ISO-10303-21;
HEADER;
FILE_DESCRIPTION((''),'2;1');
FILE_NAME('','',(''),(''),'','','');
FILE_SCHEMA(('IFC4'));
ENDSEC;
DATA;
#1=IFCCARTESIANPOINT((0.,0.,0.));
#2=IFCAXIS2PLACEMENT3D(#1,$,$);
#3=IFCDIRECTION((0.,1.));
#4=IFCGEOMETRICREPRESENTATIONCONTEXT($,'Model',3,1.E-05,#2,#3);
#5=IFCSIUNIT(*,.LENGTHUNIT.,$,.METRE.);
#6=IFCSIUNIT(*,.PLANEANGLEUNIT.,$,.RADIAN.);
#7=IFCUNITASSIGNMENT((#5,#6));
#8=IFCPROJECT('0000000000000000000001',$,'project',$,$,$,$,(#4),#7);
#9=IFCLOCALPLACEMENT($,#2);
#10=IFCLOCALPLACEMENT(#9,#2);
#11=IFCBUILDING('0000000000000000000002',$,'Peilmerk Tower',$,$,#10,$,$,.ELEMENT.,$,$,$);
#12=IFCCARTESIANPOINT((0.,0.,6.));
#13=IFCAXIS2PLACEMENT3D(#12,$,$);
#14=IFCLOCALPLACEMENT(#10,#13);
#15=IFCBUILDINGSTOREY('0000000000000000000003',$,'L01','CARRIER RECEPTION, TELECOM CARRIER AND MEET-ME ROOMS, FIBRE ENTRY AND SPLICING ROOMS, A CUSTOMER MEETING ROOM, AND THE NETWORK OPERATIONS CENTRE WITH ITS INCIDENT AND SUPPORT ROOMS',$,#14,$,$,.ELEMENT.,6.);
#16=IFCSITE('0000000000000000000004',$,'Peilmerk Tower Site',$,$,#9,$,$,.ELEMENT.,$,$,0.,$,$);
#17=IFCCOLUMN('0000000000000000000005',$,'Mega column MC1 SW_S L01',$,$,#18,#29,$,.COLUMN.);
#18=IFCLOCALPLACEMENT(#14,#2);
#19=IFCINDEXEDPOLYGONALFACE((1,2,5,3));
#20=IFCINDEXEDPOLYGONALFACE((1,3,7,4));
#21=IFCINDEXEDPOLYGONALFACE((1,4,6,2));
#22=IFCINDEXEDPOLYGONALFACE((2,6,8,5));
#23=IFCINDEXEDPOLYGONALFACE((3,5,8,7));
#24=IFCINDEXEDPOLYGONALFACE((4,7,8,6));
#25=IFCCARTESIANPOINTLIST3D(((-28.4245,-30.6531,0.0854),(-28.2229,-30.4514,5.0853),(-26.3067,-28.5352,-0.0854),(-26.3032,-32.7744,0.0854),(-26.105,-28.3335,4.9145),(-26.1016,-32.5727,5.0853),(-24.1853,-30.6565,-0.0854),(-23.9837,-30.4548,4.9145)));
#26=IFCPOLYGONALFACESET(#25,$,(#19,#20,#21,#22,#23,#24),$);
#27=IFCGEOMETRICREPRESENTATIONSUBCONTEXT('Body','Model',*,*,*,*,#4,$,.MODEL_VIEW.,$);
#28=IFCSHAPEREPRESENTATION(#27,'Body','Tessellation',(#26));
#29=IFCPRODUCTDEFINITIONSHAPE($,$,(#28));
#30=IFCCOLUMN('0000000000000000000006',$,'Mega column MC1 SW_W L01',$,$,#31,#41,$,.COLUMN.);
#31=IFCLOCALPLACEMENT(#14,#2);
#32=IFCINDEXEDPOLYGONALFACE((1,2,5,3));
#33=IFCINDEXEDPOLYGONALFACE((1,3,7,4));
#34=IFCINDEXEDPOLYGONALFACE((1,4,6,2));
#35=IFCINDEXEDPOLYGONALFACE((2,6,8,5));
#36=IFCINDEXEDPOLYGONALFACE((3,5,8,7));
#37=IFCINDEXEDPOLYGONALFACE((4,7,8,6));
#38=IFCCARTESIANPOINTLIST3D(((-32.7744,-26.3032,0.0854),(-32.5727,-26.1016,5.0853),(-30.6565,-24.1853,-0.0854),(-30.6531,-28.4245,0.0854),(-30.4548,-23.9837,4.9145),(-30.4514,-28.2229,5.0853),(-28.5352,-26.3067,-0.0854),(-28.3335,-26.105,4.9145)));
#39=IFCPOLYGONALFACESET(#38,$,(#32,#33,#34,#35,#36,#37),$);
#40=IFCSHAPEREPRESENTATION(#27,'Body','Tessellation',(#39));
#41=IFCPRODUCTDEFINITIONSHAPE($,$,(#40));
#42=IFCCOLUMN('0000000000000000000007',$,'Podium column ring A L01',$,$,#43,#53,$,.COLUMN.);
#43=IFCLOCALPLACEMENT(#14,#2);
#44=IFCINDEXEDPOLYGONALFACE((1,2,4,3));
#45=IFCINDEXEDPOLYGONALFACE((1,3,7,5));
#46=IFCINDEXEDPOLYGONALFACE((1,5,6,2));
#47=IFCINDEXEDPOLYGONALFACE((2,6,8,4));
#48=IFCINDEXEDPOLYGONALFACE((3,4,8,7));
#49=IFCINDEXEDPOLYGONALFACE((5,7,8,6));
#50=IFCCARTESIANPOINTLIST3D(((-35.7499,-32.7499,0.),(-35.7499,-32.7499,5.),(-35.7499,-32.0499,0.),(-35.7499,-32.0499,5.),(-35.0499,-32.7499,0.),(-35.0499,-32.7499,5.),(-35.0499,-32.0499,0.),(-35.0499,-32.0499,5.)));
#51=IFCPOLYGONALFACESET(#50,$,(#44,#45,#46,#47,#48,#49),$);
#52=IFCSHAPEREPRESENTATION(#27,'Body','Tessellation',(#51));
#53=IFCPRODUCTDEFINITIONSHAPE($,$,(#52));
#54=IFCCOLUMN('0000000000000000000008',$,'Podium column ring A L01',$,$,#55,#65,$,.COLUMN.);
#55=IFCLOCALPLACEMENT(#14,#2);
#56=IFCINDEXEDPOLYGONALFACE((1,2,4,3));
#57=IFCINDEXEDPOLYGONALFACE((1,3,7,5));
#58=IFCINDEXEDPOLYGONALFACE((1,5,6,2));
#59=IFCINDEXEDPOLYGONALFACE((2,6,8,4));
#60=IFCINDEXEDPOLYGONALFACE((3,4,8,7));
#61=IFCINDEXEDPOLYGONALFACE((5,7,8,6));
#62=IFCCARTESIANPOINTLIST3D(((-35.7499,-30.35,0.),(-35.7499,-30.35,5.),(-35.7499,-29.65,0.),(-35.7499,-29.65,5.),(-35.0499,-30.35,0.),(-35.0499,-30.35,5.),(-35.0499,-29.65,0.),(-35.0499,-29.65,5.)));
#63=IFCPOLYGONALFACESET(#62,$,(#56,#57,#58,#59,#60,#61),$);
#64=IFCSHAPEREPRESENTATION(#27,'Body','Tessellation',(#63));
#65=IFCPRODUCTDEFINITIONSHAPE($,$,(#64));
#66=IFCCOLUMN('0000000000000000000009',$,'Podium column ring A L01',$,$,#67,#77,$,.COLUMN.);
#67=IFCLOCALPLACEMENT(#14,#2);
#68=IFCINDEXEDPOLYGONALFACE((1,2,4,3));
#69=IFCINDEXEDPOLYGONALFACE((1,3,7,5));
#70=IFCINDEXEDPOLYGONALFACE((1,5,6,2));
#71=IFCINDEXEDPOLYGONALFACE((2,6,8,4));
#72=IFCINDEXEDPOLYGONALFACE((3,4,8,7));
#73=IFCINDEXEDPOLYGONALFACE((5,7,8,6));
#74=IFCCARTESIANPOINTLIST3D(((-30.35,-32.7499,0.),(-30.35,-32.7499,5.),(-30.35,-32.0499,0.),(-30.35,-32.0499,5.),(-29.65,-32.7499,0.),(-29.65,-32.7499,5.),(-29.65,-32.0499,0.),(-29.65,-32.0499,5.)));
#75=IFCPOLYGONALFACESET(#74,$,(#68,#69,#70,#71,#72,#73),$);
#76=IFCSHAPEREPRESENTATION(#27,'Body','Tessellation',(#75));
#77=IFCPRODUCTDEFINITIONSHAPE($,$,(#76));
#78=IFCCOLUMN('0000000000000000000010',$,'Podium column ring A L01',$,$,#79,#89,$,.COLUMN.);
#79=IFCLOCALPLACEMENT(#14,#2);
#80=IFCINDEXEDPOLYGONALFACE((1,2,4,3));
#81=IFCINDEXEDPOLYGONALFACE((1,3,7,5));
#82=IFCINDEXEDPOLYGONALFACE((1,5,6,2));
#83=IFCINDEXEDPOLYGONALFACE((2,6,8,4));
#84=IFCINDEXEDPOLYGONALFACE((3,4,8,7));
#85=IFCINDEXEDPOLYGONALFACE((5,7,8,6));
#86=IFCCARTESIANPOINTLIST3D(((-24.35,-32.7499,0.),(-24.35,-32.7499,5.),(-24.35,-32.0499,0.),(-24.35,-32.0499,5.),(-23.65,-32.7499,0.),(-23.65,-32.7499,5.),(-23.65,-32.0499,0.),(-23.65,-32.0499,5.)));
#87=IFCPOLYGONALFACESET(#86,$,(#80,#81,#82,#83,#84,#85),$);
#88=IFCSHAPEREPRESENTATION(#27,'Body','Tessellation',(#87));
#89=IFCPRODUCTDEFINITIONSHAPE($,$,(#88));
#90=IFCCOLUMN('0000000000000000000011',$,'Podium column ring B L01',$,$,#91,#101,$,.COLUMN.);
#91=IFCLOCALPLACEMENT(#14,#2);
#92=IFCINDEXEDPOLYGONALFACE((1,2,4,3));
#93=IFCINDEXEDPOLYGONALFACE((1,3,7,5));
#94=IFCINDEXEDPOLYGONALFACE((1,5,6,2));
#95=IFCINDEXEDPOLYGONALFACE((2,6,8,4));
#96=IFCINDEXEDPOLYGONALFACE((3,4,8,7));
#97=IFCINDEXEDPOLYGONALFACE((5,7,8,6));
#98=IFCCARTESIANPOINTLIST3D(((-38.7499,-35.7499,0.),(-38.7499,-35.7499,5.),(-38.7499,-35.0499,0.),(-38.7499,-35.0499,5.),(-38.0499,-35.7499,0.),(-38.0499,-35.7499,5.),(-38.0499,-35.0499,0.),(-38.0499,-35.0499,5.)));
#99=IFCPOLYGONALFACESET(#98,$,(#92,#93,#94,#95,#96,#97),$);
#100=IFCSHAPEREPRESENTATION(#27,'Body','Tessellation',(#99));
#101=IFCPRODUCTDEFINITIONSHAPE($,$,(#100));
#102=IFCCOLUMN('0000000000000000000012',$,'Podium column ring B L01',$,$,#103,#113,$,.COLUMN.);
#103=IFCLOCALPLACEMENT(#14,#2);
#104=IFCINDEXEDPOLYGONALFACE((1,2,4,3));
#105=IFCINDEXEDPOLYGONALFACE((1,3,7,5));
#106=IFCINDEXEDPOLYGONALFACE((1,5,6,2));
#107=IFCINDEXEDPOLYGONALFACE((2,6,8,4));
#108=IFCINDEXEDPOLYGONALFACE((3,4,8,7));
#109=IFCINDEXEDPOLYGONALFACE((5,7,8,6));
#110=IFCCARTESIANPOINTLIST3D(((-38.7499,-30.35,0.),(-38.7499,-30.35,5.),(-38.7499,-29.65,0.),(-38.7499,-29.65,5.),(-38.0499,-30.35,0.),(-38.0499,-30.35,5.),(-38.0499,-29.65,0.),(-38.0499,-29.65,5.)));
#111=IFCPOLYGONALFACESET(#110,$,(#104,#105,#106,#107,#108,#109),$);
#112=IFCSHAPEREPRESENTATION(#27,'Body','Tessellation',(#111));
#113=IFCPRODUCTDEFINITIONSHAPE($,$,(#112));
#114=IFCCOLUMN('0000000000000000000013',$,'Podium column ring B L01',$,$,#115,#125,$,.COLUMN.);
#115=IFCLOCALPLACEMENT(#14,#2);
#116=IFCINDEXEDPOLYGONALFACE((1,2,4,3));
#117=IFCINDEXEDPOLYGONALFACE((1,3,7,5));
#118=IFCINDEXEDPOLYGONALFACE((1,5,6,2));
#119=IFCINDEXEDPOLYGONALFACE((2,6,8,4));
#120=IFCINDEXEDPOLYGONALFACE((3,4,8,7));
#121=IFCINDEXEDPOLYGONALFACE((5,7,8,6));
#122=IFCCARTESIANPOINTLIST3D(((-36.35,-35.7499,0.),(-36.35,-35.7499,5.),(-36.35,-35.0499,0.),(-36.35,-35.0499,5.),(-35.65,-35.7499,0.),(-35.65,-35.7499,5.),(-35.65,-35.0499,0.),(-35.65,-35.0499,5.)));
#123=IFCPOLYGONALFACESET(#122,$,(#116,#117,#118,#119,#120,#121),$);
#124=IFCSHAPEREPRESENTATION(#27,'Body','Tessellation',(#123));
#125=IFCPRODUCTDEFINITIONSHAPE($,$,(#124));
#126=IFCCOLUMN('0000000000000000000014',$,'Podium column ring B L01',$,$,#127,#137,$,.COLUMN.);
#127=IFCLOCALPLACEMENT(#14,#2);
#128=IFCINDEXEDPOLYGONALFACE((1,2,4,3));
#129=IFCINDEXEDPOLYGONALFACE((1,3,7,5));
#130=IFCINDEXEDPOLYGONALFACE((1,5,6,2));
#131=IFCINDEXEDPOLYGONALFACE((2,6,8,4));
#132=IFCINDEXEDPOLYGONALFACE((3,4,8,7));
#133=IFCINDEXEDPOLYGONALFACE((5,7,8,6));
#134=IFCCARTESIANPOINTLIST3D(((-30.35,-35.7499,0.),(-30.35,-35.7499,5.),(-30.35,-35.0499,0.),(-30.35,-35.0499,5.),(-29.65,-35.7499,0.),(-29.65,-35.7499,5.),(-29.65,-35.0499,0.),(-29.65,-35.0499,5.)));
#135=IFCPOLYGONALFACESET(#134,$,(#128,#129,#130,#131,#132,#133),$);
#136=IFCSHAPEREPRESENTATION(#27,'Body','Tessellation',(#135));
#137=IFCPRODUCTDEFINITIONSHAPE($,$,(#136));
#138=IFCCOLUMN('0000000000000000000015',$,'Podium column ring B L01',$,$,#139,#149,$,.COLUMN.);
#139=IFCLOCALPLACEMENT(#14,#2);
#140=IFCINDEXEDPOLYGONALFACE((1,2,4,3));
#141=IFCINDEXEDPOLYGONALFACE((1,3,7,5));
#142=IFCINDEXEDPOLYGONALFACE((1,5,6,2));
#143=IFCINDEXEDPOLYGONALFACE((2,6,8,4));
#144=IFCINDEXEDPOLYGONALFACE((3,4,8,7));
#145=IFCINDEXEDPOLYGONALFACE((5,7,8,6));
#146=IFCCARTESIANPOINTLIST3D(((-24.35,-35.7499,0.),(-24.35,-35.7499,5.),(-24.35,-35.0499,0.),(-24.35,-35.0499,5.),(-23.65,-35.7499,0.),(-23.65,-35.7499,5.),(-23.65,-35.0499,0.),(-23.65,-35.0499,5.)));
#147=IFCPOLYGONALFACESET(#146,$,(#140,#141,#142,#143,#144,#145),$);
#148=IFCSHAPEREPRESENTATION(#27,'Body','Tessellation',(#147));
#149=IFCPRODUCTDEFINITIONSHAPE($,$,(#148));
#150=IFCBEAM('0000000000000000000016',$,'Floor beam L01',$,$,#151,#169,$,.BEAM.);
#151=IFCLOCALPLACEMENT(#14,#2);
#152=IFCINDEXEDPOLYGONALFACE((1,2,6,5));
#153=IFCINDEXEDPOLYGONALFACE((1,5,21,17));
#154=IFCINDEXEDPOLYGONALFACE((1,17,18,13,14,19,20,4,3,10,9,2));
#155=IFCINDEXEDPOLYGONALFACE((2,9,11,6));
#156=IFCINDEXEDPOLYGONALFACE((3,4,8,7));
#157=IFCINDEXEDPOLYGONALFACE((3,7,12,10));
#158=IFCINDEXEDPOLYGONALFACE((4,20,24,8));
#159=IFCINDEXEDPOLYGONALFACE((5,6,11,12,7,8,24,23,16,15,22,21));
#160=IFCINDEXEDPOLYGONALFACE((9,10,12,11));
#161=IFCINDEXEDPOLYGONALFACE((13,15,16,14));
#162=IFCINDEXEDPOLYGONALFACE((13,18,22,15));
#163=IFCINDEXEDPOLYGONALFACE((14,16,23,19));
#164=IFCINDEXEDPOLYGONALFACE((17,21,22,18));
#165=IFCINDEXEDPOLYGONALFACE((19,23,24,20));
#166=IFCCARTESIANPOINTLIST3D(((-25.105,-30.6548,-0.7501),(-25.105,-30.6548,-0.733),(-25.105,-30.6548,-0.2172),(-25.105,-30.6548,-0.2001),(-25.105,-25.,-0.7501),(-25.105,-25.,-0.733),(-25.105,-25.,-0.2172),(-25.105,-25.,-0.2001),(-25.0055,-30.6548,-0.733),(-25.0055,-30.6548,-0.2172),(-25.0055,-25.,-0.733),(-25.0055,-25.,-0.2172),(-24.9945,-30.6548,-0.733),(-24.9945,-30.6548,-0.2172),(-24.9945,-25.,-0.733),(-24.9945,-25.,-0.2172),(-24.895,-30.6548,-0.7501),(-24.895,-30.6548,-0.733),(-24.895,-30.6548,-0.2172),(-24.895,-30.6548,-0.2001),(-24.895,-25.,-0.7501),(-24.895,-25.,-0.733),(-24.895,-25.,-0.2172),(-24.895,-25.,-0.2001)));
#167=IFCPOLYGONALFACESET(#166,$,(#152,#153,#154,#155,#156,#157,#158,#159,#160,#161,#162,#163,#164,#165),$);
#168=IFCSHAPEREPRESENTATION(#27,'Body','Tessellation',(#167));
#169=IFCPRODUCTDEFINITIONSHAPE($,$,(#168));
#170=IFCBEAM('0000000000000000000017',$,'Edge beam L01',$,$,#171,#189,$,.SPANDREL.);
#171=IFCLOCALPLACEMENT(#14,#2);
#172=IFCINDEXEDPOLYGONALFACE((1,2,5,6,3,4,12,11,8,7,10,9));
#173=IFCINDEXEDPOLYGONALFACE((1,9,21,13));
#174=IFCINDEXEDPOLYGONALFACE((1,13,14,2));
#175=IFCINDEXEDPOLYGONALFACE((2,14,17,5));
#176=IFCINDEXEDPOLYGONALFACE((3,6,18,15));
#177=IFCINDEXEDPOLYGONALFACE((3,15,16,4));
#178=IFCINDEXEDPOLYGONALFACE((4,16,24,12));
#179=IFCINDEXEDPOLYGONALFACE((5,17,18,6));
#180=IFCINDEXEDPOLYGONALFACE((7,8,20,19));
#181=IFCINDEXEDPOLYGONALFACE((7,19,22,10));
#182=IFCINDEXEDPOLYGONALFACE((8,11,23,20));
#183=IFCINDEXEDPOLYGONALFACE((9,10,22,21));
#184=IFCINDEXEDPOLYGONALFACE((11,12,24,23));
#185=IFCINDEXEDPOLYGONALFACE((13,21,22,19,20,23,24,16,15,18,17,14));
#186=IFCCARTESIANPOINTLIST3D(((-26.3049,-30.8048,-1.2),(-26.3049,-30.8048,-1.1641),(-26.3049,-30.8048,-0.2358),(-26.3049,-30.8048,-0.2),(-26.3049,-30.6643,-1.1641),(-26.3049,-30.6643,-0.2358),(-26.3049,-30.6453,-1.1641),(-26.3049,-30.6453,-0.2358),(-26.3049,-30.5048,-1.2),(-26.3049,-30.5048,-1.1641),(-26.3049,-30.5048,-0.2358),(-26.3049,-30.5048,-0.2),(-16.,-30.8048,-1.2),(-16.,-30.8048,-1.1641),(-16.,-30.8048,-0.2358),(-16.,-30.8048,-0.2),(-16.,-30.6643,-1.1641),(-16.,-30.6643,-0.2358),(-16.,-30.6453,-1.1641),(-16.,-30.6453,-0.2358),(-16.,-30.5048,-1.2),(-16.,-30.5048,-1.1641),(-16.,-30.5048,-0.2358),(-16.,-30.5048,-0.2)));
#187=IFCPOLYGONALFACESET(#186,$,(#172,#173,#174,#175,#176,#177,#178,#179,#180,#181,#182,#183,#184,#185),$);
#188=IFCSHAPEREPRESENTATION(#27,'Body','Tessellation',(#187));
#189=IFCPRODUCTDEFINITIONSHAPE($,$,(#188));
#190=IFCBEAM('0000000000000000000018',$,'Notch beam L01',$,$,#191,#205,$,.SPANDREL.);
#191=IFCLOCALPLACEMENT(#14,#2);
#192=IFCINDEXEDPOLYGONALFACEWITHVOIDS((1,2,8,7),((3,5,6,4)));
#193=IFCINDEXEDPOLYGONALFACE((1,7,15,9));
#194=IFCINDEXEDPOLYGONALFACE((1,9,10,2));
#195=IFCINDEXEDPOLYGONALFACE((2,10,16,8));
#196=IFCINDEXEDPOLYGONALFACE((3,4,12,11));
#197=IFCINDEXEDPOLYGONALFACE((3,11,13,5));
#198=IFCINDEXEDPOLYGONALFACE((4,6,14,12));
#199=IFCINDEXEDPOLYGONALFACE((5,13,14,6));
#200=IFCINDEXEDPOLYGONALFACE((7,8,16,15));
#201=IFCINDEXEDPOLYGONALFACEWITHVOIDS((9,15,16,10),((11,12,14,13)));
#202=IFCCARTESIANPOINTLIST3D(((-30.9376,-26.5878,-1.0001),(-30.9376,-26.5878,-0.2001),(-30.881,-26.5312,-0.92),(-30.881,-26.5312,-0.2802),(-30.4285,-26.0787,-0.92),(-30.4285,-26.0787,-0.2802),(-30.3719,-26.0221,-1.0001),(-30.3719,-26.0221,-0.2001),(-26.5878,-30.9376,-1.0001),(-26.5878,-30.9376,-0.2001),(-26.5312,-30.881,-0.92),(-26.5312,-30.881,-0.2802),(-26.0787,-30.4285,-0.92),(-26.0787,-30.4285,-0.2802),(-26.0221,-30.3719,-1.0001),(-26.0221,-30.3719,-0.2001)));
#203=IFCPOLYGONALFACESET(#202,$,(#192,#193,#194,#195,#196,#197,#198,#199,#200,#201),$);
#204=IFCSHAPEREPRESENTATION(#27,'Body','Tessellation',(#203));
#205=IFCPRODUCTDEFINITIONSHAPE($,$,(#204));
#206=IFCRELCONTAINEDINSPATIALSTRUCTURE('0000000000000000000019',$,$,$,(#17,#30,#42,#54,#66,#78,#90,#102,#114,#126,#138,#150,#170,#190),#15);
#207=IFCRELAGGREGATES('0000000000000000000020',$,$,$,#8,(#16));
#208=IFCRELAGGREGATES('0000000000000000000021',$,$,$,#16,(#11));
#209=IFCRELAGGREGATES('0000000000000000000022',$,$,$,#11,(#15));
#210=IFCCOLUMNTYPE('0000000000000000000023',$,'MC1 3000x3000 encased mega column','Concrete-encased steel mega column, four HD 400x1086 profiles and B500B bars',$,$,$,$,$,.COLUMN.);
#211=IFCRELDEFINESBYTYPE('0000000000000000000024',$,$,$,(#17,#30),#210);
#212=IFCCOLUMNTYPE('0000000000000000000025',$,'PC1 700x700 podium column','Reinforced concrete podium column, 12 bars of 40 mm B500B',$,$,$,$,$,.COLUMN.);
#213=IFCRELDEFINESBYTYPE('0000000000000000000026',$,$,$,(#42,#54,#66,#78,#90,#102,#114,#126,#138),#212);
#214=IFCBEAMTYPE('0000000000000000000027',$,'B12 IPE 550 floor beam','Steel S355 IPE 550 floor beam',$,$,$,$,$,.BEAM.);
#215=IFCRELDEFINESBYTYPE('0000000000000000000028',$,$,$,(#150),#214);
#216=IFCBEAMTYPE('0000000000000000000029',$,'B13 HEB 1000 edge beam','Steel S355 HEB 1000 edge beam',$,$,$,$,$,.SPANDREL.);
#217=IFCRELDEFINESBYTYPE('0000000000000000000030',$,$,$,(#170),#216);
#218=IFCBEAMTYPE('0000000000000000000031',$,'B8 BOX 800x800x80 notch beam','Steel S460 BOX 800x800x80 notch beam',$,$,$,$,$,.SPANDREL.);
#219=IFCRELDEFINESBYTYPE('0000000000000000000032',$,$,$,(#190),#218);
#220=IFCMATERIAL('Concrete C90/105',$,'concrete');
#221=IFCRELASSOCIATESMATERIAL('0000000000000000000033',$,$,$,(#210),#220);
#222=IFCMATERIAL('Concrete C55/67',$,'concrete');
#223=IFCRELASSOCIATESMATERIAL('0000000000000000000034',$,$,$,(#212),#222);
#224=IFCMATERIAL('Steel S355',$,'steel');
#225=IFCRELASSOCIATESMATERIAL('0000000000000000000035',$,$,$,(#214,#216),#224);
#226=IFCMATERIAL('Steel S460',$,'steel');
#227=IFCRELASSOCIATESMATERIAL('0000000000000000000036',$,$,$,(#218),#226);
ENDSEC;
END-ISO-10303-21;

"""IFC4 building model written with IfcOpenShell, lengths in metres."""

from ifc_helpers import new_model, si_unit, direction, frame, origin, origin_2d, place, context, subcontext, project, spatial, rectangle, hollow_rectangle, i_section, extrude, material, material_profile, profile_set, type_object, element, save


model = new_model("IFC4")

# Units and contexts
model_context = context("Model", 3, precision=1e-05, world=origin(), true_north=direction((0.0, 1.0)))
body_context = subcontext(model_context, "Body", "Model", "MODEL_VIEW")
ifc_project = project(units=[si_unit("LENGTHUNIT", "METRE"), si_unit("PLANEANGLEUNIT", "RADIAN")], contexts=[model_context])

# Site, building, storey
site_placement = place(None, origin())
site = spatial("IfcSite", under=ifc_project, at=site_placement, Name="Peilmerk Tower Site", CompositionType="ELEMENT", RefElevation=0.0)
building_placement = place(site_placement, origin())
building = spatial("IfcBuilding", under=site, at=building_placement, Name="Peilmerk Tower", CompositionType="ELEMENT")
storey_placement = place(building_placement, frame((0.0, 0.0, 6.0)))
storey = spatial("IfcBuildingStorey", under=building, at=storey_placement, Name="L01", Description="CARRIER RECEPTION, TELECOM CARRIER AND MEET-ME ROOMS, FIBRE ENTRY AND SPLICING ROOMS, A CUSTOMER MEETING ROOM, AND THE NETWORK OPERATIONS CENTRE WITH ITS INCIDENT AND SUPPORT ROOMS", CompositionType="ELEMENT", Elevation=6.0)

# Columns
ifc_material_1 = material(Name="Concrete C90/105", Category="concrete")
ifc_material_profile_1 = material_profile(ifc_material_1, rectangle(XDim=3.0, YDim=3.0, at=origin_2d()), Name="RC 3000x3000")
ifc_profile_set_1 = profile_set([ifc_material_profile_1], Name="Concrete C90/105")
column_type_1 = type_object("IfcColumnType", Name="MC1 3000x3000 encased mega column", Description="Concrete-encased steel mega column, four HD 400x1086 profiles and B500B bars", PredefinedType="COLUMN", material=ifc_profile_set_1)
for number, where, z_axis, x_axis, name in (
    (1, (-26.3049, -30.6548, 0.0), (0.040267, 0.040267, 0.998377), (-0.707107, 0.707107, 0.0), "Mega column MC1 SW_S L01"),
    (2, (-30.6548, -26.3049, 0.0), (0.040267, 0.040267, 0.998377), (-0.707107, 0.707107, 0.0), "Mega column MC1 SW_W L01"),
):
    element("IfcColumn", number, at=place(storey_placement, frame(where, z_axis=z_axis, x_axis=x_axis)), inside=storey, type_object=column_type_1, Name=name, PredefinedType="COLUMN", context=body_context, shape_type="SweptSolid", body=[
        extrude(rectangle(XDim=3.0, YDim=3.0, at=origin_2d()), origin(), (0.0, 0.0, 1.0), 5.0081),
    ])
ifc_material_2 = material(Name="Concrete C55/67", Category="concrete")
ifc_material_profile_2 = material_profile(ifc_material_2, rectangle(XDim=0.7, YDim=0.7, at=origin_2d()), Name="RC 700x700")
ifc_profile_set_2 = profile_set([ifc_material_profile_2], Name="Concrete C55/67")
column_type_2 = type_object("IfcColumnType", Name="PC1 700x700 podium column", Description="Reinforced concrete podium column, 12 bars of 40 mm B500B", PredefinedType="COLUMN", material=ifc_profile_set_2)
for number, where, z_axis, x_axis, name in (
    (3, (-35.3999, -32.3999, 0.0), (0.0, 0.0, 1.0), (1.0, 0.0, 0.0), "Podium column ring A L01"),
    (4, (-35.3999, -30.0, 0.0), (0.0, 0.0, 1.0), (1.0, 0.0, 0.0), "Podium column ring A L01"),
    (5, (-30.0, -32.3999, 0.0), (0.0, 0.0, 1.0), (1.0, 0.0, 0.0), "Podium column ring A L01"),
    (6, (-24.0, -32.3999, 0.0), (0.0, 0.0, 1.0), (1.0, 0.0, 0.0), "Podium column ring A L01"),
    (7, (-38.3999, -35.3999, 0.0), (0.0, 0.0, 1.0), (1.0, 0.0, 0.0), "Podium column ring B L01"),
    (8, (-38.3999, -30.0, 0.0), (0.0, 0.0, 1.0), (1.0, 0.0, 0.0), "Podium column ring B L01"),
    (9, (-36.0, -35.3999, 0.0), (0.0, 0.0, 1.0), (1.0, 0.0, 0.0), "Podium column ring B L01"),
    (10, (-30.0, -35.3999, 0.0), (0.0, 0.0, 1.0), (1.0, 0.0, 0.0), "Podium column ring B L01"),
    (11, (-24.0, -35.3999, 0.0), (0.0, 0.0, 1.0), (1.0, 0.0, 0.0), "Podium column ring B L01"),
):
    element("IfcColumn", number, at=place(storey_placement, frame(where, z_axis=z_axis, x_axis=x_axis)), inside=storey, type_object=column_type_2, Name=name, PredefinedType="COLUMN", context=body_context, shape_type="SweptSolid", body=[
        extrude(rectangle(XDim=0.7, YDim=0.7, at=origin_2d()), origin(), (0.0, 0.0, 1.0), 5.0),
    ])

# Beams
ifc_material_3 = material(Name="Steel S355", Category="steel")
ifc_material_profile_3 = material_profile(ifc_material_3, i_section(OverallWidth=0.21, OverallDepth=0.55, WebThickness=0.011, FlangeThickness=0.0171, at=origin_2d()), Name="IPE 550")
ifc_profile_set_3 = profile_set([ifc_material_profile_3], Name="Steel S355")
beam_type_1 = type_object("IfcBeamType", Name="B12 IPE 550 floor beam", Description="Steel S355 IPE 550 floor beam", PredefinedType="BEAM", material=ifc_profile_set_3)
beam_1_placement = place(storey_placement, frame((-25.0, -25.0, -0.4751), z_axis=(0.0, -1.0, 0.0), x_axis=(1.0, 0.0, 0.0)))
element("IfcBeam", 12, at=beam_1_placement, inside=storey, type_object=beam_type_1, Name="Floor beam L01", PredefinedType="BEAM", context=body_context, shape_type="SweptSolid", body=[
    extrude(i_section(OverallWidth=0.21, OverallDepth=0.55, WebThickness=0.011, FlangeThickness=0.0171, at=origin_2d()), origin(), (0.0, 0.0, 1.0), 5.6548),
])
ifc_material_profile_4 = material_profile(ifc_material_3, i_section(OverallWidth=0.3, OverallDepth=1.0, WebThickness=0.019, FlangeThickness=0.0359, at=origin_2d()), Name="HEB 1000")
ifc_profile_set_4 = profile_set([ifc_material_profile_4], Name="Steel S355")
beam_type_2 = type_object("IfcBeamType", Name="B13 HEB 1000 edge beam", Description="Steel S355 HEB 1000 edge beam", PredefinedType="SPANDREL", material=ifc_profile_set_4)
beam_2_placement = place(storey_placement, frame((-26.3049, -30.6548, -0.7), z_axis=(1.0, 0.0, 0.0), x_axis=(0.0, 1.0, 0.0)))
element("IfcBeam", 13, at=beam_2_placement, inside=storey, type_object=beam_type_2, Name="Edge beam L01", PredefinedType="SPANDREL", context=body_context, shape_type="SweptSolid", body=[
    extrude(i_section(OverallWidth=0.3, OverallDepth=1.0, WebThickness=0.019, FlangeThickness=0.0359, at=origin_2d()), origin(), (0.0, 0.0, 1.0), 10.3049),
])
ifc_material_4 = material(Name="Steel S460", Category="steel")
ifc_material_profile_5 = material_profile(ifc_material_4, hollow_rectangle(XDim=0.8, YDim=0.8, WallThickness=0.0801, at=origin_2d()), Name="BOX 800x800x80")
ifc_profile_set_5 = profile_set([ifc_material_profile_5], Name="Steel S460")
beam_type_3 = type_object("IfcBeamType", Name="B8 BOX 800x800x80 notch beam", Description="Steel S460 BOX 800x800x80 notch beam", PredefinedType="SPANDREL", material=ifc_profile_set_5)
beam_3_placement = place(storey_placement, frame((-26.3049, -30.6548, -0.6001), z_axis=(-0.707107, 0.707107, 0.0), x_axis=(-0.707107, -0.707107, 0.0)))
element("IfcBeam", 14, at=beam_3_placement, inside=storey, type_object=beam_type_3, Name="Notch beam L01", PredefinedType="SPANDREL", context=body_context, shape_type="SweptSolid", body=[
    extrude(hollow_rectangle(XDim=0.8, YDim=0.8, WallThickness=0.0801, at=origin_2d()), origin(), (0.0, 0.0, 1.0), 6.1516),
])

save(model, "model.ifc")
